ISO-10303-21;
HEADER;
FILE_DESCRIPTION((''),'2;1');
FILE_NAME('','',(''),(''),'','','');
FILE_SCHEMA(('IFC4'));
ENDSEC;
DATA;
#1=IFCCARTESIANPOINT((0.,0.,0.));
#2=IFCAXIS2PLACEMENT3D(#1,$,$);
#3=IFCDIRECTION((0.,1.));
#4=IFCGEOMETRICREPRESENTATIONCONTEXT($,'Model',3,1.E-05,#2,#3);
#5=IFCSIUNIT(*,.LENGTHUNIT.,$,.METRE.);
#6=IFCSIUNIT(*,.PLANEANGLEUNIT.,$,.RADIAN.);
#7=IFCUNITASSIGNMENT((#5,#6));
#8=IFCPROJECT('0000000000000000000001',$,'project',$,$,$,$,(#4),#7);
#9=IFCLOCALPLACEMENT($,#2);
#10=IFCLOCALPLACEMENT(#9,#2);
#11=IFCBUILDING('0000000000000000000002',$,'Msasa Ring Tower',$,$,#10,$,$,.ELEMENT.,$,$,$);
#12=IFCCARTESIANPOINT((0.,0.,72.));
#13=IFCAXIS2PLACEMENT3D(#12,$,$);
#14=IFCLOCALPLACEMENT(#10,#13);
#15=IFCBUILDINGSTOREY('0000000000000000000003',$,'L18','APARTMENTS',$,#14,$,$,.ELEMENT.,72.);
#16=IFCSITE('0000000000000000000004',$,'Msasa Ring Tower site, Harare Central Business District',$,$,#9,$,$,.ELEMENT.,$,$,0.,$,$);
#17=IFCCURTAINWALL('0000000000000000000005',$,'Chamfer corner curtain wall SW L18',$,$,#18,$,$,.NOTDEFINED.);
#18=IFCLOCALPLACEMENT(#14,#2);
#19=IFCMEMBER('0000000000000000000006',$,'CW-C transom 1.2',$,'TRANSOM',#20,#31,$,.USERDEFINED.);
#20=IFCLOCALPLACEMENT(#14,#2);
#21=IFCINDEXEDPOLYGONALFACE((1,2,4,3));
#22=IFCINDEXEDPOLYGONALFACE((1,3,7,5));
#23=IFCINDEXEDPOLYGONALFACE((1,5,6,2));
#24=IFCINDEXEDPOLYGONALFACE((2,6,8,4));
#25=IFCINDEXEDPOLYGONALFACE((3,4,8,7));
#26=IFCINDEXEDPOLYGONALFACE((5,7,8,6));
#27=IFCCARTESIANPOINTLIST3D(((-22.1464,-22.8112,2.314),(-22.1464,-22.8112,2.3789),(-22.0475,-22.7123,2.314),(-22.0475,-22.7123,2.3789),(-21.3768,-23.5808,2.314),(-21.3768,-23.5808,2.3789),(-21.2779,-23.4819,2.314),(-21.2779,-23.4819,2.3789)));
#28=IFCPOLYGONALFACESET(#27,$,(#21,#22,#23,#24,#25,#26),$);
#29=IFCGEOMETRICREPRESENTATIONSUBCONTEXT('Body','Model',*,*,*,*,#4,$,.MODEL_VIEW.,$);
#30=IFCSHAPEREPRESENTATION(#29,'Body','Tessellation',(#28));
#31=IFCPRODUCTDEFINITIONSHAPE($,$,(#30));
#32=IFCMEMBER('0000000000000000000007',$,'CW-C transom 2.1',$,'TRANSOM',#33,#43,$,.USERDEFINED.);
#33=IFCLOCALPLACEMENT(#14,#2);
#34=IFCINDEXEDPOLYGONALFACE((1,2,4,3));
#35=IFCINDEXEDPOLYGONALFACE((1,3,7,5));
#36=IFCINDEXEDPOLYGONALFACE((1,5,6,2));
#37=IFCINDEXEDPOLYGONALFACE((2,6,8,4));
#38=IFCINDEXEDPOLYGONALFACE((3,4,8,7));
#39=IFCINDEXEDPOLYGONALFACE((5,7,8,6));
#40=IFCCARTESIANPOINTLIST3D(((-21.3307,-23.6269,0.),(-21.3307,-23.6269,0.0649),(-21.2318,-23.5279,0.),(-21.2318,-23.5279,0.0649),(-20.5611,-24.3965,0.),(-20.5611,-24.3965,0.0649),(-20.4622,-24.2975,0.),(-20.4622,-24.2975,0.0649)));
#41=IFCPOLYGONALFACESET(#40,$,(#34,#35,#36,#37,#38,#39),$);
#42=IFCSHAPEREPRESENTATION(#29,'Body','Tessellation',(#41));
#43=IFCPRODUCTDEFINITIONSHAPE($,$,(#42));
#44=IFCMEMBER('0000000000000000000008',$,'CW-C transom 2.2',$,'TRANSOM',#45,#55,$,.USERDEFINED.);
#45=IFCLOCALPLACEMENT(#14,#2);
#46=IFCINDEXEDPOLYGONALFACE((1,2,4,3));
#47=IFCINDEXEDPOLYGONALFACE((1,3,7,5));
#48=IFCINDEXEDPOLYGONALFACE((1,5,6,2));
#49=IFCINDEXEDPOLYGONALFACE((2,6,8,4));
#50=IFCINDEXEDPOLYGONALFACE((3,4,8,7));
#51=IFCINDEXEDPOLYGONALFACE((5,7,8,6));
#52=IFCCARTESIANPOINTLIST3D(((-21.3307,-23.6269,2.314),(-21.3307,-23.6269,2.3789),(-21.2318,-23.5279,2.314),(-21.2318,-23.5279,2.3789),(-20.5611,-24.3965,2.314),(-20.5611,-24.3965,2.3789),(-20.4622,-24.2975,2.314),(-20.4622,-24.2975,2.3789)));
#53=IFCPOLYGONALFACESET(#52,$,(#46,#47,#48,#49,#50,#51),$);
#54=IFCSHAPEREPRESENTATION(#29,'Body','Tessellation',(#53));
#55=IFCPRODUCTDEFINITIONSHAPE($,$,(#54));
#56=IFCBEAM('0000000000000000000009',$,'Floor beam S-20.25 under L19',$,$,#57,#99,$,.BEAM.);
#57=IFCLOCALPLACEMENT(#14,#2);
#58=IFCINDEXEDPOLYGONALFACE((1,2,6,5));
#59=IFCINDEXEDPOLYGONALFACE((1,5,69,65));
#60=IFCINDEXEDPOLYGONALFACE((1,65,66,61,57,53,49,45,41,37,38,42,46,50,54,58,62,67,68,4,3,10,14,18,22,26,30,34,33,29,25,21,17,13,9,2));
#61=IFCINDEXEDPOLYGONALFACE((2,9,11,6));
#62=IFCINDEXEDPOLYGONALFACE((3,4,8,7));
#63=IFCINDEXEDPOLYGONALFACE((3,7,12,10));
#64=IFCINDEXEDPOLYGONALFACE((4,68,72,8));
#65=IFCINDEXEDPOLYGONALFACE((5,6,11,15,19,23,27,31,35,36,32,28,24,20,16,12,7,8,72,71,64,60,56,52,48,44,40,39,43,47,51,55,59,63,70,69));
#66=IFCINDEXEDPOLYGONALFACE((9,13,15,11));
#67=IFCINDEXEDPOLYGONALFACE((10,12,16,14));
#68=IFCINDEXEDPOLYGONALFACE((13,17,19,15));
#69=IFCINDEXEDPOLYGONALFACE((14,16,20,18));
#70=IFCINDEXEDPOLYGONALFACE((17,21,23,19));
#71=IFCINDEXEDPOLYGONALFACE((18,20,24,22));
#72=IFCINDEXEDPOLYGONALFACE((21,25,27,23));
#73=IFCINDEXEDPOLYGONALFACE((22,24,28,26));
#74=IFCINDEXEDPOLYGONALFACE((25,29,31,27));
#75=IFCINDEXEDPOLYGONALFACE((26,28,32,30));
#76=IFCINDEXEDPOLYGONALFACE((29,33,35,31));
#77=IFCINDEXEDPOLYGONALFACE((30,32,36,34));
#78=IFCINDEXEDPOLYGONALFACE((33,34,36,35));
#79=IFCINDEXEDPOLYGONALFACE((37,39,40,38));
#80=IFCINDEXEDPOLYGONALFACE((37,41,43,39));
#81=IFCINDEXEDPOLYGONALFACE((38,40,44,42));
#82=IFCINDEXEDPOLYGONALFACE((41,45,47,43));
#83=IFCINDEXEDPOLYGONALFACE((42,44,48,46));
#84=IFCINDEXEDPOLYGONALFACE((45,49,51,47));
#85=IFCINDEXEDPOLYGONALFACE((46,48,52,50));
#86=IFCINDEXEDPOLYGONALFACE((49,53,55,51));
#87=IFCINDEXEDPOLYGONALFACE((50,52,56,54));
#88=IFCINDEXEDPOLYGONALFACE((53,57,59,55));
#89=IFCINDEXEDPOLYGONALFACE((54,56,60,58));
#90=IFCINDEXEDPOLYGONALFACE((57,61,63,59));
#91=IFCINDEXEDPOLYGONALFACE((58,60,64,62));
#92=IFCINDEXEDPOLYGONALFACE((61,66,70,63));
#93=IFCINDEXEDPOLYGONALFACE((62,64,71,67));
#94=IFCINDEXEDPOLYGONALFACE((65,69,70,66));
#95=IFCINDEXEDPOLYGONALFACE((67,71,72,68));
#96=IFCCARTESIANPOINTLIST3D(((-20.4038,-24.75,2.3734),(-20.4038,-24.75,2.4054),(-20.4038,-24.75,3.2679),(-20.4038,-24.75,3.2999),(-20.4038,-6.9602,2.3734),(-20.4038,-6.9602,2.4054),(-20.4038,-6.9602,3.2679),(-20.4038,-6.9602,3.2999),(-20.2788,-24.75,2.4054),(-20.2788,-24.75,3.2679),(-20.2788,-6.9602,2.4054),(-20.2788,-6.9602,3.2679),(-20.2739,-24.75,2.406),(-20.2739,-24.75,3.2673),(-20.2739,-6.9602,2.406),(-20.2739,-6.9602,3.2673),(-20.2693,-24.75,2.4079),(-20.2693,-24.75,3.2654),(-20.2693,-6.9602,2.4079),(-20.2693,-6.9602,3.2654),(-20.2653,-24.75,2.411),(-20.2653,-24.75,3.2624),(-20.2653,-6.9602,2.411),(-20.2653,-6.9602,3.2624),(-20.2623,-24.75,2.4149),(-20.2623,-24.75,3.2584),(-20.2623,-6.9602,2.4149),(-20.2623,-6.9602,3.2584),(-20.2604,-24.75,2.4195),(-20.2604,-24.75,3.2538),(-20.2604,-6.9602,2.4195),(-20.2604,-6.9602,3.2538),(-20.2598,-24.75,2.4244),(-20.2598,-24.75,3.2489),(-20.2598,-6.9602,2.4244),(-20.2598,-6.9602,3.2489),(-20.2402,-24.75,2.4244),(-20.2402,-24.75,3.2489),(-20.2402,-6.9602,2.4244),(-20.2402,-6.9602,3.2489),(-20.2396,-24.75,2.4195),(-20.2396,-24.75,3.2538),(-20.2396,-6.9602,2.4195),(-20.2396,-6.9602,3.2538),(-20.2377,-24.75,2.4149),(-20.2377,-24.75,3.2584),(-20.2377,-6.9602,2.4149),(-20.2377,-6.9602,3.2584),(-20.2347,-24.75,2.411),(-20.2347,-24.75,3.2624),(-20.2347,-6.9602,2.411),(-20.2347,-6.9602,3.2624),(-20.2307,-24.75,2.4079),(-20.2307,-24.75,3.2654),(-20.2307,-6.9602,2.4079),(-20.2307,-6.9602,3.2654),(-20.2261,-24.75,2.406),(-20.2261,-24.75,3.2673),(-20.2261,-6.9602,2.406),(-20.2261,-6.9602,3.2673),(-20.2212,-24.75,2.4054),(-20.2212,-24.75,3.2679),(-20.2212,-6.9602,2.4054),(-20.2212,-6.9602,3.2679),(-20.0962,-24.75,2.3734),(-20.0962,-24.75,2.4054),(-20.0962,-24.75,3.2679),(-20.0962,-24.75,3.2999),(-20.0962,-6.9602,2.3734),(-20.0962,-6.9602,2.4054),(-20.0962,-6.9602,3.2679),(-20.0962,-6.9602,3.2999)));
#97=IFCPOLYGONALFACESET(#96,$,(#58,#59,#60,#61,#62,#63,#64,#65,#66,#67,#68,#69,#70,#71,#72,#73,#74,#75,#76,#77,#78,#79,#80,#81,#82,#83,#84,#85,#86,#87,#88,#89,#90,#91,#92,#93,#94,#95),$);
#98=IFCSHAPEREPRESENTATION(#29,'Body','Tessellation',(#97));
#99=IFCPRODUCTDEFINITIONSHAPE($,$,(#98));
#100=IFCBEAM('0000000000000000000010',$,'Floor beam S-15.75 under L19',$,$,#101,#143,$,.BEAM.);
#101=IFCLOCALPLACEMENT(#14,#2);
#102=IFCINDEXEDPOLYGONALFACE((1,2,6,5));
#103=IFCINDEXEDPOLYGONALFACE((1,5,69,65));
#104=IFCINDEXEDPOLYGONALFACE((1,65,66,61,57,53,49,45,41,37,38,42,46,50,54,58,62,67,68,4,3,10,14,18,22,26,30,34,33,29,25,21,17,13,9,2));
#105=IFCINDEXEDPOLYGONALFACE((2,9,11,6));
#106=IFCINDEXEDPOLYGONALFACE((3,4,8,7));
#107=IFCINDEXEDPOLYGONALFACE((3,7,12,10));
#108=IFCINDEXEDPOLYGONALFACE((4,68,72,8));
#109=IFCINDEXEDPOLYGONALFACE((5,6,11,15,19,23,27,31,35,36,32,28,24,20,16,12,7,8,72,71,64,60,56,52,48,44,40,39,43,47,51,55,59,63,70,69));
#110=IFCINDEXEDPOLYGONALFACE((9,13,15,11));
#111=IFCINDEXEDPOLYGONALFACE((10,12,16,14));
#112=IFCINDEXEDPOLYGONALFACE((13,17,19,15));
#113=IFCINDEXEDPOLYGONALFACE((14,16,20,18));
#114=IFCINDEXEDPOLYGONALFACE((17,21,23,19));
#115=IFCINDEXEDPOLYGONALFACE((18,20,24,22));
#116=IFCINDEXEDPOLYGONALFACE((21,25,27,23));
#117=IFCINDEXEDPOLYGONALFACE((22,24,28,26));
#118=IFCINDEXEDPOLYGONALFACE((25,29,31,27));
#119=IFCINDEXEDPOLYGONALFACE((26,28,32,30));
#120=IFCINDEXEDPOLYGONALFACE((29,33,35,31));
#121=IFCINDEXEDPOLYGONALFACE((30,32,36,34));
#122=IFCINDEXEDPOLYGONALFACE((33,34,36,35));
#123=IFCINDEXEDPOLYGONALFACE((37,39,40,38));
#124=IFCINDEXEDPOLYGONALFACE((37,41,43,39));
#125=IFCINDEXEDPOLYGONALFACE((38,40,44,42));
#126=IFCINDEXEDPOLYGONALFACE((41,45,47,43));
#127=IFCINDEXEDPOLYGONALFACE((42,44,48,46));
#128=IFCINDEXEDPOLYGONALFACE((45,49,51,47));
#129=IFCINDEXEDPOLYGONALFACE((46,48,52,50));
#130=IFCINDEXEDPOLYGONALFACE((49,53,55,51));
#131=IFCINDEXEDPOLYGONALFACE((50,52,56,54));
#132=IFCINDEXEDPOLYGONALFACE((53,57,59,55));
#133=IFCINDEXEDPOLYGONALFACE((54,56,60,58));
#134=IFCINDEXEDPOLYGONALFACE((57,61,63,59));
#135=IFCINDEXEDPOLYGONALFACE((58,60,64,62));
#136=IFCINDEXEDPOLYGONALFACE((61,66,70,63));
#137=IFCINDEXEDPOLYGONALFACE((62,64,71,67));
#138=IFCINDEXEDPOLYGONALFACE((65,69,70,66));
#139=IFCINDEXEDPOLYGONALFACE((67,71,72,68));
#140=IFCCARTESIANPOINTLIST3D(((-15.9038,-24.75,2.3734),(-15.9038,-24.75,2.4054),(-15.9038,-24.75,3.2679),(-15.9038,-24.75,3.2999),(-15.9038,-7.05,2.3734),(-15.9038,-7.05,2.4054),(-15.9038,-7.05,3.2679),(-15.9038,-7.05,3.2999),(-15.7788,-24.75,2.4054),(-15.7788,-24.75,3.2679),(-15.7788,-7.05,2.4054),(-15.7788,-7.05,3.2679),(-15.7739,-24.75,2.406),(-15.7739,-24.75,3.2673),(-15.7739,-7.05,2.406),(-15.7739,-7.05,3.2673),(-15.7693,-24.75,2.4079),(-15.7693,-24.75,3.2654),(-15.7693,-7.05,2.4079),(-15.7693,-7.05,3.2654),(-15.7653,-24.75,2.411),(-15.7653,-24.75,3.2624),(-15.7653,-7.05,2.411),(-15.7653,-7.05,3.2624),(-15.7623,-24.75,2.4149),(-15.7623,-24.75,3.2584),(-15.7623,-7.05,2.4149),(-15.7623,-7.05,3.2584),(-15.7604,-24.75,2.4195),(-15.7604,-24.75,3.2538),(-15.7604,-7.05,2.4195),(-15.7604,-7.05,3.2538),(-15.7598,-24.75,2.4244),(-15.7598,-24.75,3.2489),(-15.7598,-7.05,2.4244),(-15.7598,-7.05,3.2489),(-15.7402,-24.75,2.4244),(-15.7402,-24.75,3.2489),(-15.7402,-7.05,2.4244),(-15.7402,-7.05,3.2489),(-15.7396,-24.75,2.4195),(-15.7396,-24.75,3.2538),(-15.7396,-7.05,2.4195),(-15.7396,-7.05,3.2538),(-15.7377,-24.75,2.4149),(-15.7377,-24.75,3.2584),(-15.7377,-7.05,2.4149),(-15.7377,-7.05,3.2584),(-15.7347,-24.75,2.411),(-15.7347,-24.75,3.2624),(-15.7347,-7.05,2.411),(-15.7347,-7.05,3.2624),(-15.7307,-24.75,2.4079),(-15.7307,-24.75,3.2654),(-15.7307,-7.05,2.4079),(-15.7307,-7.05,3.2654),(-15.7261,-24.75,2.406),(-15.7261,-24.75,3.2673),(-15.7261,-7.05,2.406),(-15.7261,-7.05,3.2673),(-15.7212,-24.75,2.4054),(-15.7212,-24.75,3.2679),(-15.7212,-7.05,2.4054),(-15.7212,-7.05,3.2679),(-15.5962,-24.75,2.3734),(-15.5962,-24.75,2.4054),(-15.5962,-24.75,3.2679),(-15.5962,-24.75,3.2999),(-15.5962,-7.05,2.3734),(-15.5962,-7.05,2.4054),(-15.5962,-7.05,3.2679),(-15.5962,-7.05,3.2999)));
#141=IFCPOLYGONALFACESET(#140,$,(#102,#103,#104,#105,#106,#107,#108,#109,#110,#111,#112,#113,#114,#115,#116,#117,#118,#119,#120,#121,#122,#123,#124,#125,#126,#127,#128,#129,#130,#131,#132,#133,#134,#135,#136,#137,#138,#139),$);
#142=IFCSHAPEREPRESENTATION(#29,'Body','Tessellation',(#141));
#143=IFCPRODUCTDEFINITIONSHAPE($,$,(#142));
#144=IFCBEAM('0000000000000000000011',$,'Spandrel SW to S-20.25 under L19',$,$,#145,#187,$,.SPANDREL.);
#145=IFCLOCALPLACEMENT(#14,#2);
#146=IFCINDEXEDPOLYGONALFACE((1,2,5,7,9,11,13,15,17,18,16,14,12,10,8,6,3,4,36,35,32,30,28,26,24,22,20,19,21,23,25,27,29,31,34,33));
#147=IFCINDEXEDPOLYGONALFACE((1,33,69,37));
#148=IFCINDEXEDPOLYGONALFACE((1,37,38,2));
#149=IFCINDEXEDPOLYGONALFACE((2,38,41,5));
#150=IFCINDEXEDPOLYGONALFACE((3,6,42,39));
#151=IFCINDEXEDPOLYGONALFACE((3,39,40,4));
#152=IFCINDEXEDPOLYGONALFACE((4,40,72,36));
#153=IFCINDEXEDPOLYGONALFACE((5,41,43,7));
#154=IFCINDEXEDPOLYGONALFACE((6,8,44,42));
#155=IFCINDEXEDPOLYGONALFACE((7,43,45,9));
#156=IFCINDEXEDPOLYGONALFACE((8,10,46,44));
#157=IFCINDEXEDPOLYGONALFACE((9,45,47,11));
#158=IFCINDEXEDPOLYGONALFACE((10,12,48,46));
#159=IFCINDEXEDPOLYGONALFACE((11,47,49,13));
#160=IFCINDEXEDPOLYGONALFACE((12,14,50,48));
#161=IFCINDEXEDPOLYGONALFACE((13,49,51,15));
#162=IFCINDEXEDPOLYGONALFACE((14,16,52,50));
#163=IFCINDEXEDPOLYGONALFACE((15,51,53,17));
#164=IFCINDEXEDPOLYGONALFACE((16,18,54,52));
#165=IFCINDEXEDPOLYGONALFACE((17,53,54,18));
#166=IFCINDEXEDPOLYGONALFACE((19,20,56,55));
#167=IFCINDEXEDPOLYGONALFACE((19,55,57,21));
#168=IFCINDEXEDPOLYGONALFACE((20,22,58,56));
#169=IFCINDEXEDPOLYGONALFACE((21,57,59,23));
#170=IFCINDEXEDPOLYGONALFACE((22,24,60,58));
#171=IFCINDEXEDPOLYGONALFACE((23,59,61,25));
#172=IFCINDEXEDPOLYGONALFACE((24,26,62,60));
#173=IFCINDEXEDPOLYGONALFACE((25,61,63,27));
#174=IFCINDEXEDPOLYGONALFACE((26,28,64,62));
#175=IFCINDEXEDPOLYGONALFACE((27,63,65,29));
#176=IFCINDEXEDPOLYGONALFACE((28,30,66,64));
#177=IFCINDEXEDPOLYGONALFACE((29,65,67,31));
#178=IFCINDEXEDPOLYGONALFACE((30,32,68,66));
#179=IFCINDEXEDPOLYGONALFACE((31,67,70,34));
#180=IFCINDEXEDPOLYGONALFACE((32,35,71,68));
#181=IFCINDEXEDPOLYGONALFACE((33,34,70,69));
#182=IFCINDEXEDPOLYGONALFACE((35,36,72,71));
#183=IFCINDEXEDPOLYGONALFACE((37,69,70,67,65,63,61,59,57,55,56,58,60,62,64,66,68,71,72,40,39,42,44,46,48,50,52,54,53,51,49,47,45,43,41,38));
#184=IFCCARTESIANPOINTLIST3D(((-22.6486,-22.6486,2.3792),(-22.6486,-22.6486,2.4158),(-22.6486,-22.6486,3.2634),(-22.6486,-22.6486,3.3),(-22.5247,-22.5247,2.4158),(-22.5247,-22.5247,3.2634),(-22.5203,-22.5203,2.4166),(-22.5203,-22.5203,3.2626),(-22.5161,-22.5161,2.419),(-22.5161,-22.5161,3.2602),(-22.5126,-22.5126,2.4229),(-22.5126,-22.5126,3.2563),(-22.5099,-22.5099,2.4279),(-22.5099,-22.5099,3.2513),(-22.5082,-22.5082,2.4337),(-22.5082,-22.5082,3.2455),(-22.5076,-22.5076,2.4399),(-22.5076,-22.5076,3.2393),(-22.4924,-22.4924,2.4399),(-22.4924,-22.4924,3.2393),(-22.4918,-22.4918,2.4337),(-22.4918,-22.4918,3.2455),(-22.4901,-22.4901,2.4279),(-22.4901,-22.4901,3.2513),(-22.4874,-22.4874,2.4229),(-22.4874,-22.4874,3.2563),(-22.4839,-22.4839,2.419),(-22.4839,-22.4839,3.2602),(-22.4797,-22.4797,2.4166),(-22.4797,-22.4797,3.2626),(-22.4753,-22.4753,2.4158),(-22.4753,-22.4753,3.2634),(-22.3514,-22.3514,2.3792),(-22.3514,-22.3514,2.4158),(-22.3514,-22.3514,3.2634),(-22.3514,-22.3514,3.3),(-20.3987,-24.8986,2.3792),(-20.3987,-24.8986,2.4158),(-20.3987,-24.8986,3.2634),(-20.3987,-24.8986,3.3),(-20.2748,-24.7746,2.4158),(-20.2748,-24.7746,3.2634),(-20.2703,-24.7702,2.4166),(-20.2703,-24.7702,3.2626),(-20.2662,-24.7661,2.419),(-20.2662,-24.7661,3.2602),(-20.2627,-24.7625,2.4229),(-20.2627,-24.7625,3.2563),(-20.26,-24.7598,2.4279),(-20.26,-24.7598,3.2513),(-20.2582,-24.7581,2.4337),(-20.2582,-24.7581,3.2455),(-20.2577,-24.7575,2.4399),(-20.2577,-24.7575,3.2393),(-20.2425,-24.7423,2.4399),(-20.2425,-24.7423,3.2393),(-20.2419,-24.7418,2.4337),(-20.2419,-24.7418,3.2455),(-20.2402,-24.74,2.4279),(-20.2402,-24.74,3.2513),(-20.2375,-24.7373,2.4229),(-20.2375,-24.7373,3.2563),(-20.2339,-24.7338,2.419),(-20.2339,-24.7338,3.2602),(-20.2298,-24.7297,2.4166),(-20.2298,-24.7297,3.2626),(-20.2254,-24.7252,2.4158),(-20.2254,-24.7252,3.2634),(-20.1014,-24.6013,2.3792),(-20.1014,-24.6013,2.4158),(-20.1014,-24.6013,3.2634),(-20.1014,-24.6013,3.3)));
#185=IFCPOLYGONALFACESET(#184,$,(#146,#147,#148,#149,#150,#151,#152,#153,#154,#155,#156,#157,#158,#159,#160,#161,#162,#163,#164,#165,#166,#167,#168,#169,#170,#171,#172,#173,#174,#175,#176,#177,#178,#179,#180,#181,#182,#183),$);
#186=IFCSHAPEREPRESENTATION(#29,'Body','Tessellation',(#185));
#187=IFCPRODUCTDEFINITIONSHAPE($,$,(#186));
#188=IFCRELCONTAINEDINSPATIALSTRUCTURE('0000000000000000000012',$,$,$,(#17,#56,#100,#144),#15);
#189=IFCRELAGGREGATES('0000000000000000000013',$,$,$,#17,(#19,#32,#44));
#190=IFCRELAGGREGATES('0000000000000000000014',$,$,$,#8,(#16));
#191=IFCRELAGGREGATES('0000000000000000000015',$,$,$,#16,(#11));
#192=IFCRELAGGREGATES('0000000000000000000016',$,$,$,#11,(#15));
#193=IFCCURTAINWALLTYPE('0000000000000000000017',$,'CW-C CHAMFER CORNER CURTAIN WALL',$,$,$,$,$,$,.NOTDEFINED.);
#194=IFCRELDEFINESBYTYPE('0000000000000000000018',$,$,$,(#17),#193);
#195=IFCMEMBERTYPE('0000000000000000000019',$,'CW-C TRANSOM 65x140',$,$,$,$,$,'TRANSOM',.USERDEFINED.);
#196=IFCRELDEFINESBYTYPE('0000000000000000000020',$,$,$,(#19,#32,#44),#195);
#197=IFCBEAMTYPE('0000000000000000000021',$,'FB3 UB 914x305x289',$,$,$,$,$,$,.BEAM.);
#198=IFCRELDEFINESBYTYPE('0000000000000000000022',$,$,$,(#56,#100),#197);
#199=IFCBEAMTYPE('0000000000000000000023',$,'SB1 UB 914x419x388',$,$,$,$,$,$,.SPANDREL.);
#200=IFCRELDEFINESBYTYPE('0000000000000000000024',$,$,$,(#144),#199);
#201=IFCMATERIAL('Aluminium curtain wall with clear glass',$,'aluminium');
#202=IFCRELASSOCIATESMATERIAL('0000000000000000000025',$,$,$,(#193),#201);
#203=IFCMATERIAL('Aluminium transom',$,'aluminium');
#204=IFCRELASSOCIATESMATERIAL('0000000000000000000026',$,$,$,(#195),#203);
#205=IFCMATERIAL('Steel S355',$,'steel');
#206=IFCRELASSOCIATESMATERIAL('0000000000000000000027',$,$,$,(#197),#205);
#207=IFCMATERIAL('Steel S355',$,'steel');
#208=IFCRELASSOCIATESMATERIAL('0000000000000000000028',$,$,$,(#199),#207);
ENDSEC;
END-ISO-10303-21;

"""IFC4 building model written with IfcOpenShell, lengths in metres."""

from ifc_helpers import new_model, si_unit, direction, frame, origin, origin_2d, place, context, subcontext, project, spatial, rectangle, i_section, extrude, material, material_profile, profile_set, type_object, element, aggregate, save


model = new_model("IFC4")

# Units and contexts
model_context = context("Model", 3, precision=1e-05, world=origin(), true_north=direction((0.0, 1.0)))
body_context = subcontext(model_context, "Body", "Model", "MODEL_VIEW")
ifc_project = project(units=[si_unit("LENGTHUNIT", "METRE"), si_unit("PLANEANGLEUNIT", "RADIAN")], contexts=[model_context])

# Site, building, storey
site_placement = place(None, origin())
site = spatial("IfcSite", under=ifc_project, at=site_placement, Name="Msasa Ring Tower site, Harare Central Business District", CompositionType="ELEMENT", RefElevation=0.0)
building_placement = place(site_placement, origin())
building = spatial("IfcBuilding", under=site, at=building_placement, Name="Msasa Ring Tower", CompositionType="ELEMENT")
storey_placement = place(building_placement, frame((0.0, 0.0, 72.0)))
storey = spatial("IfcBuildingStorey", under=building, at=storey_placement, Name="L18", Description="APARTMENTS", CompositionType="ELEMENT", Elevation=72.0)

# Curtain wall
ifc_material_1 = material(Name="Aluminium curtain wall with clear glass", Category="aluminium")
curtain_wall_type = type_object("IfcCurtainWallType", Name="CW-C CHAMFER CORNER CURTAIN WALL", PredefinedType="NOTDEFINED", material=ifc_material_1)
curtain_wall_1_placement = place(storey_placement, origin())
curtain_wall_1 = element("IfcCurtainWall", 1, at=curtain_wall_1_placement, inside=storey, type_object=curtain_wall_type, Name="Chamfer corner curtain wall SW L18", PredefinedType="NOTDEFINED")

# Members
ifc_material_2 = material(Name="Aluminium transom", Category="aluminium")
ifc_material_profile_1 = material_profile(ifc_material_2, rectangle(XDim=0.1399, YDim=0.0649, at=origin_2d()), Name="AL 65x140")
ifc_profile_set_1 = profile_set([ifc_material_profile_1], Name="Aluminium transom")
member_type_1 = type_object("IfcMemberType", Name="CW-C TRANSOM 65x140", ElementType="TRANSOM", PredefinedType="USERDEFINED", material=ifc_profile_set_1)
member_1_placement = place(storey_placement, frame((-22.0969, -22.7617, 2.3464), z_axis=(0.707107, -0.707107, 0.0), x_axis=(0.707107, 0.707107, 0.0)))
member_1 = element("IfcMember", 2, at=member_1_placement, type_object=member_type_1, Name="CW-C transom 1.2", ObjectType="TRANSOM", PredefinedType="USERDEFINED", context=body_context, shape_type="SweptSolid", body=[
    extrude(rectangle(XDim=0.1399, YDim=0.0649, at=origin_2d()), origin(), (0.0, 0.0, 1.0), 1.0884),
])
member_2_placement = place(storey_placement, frame((-21.2812, -23.5774, 0.0325), z_axis=(0.707107, -0.707107, 0.0), x_axis=(0.707107, 0.707107, 0.0)))
member_2 = element("IfcMember", 3, at=member_2_placement, type_object=member_type_1, Name="CW-C transom 2.1", ObjectType="TRANSOM", PredefinedType="USERDEFINED", context=body_context, shape_type="SweptSolid", body=[
    extrude(rectangle(XDim=0.1399, YDim=0.0649, at=origin_2d()), origin(), (0.0, 0.0, 1.0), 1.0884),
])
member_3_placement = place(storey_placement, frame((-21.2812, -23.5774, 2.3464), z_axis=(0.707107, -0.707107, 0.0), x_axis=(0.707107, 0.707107, 0.0)))
member_3 = element("IfcMember", 4, at=member_3_placement, type_object=member_type_1, Name="CW-C transom 2.2", ObjectType="TRANSOM", PredefinedType="USERDEFINED", context=body_context, shape_type="SweptSolid", body=[
    extrude(rectangle(XDim=0.1399, YDim=0.0649, at=origin_2d()), origin(), (0.0, 0.0, 1.0), 1.0884),
])

# Beams
ifc_material_3 = material(Name="Steel S355", Category="steel")
ifc_material_profile_2 = material_profile(ifc_material_3, i_section(OverallWidth=0.3076, OverallDepth=0.9265, WebThickness=0.0195, FlangeThickness=0.032, FilletRadius=0.019, at=origin_2d()), Name="UB 914x305x289")
ifc_profile_set_2 = profile_set([ifc_material_profile_2], Name="Steel S355")
beam_type_1 = type_object("IfcBeamType", Name="FB3 UB 914x305x289", PredefinedType="BEAM", material=ifc_profile_set_2)
beam_1_placement = place(storey_placement, frame((-20.25, -24.75, 2.8367), z_axis=(0.0, 1.0, 0.0), x_axis=(-1.0, 0.0, 0.0)))
element("IfcBeam", 5, at=beam_1_placement, inside=storey, type_object=beam_type_1, Name="Floor beam S-20.25 under L19", PredefinedType="BEAM", context=body_context, shape_type="SweptSolid", body=[
    extrude(i_section(OverallWidth=0.3076, OverallDepth=0.9265, WebThickness=0.0195, FlangeThickness=0.032, FilletRadius=0.019, at=origin_2d()), origin(), (0.0, 0.0, 1.0), 17.7898),
])
beam_2_placement = place(storey_placement, frame((-15.75, -24.75, 2.8367), z_axis=(0.0, 1.0, 0.0), x_axis=(-1.0, 0.0, 0.0)))
element("IfcBeam", 6, at=beam_2_placement, inside=storey, type_object=beam_type_1, Name="Floor beam S-15.75 under L19", PredefinedType="BEAM", context=body_context, shape_type="SweptSolid", body=[
    extrude(i_section(OverallWidth=0.3076, OverallDepth=0.9265, WebThickness=0.0195, FlangeThickness=0.032, FilletRadius=0.019, at=origin_2d()), origin(), (0.0, 0.0, 1.0), 17.7),
])
ifc_material_4 = material(Name="Steel S355", Category="steel")
ifc_material_profile_3 = material_profile(ifc_material_4, i_section(OverallWidth=0.4204, OverallDepth=0.9209, WebThickness=0.0215, FlangeThickness=0.0366, FilletRadius=0.0242, at=origin_2d()), Name="UB 914x419x388")
ifc_profile_set_3 = profile_set([ifc_material_profile_3], Name="Steel S355")
beam_type_2 = type_object("IfcBeamType", Name="SB1 UB 914x419x388", PredefinedType="SPANDREL", material=ifc_profile_set_3)
beam_3_placement = place(storey_placement, frame((-22.5, -22.5, 2.8396), z_axis=(0.707107, -0.707107, 0.0), x_axis=(0.707107, 0.707107, 0.0)))
element("IfcBeam", 7, at=beam_3_placement, inside=storey, type_object=beam_type_2, Name="Spandrel SW to S-20.25 under L19", PredefinedType="SPANDREL", context=body_context, shape_type="SweptSolid", body=[
    extrude(i_section(OverallWidth=0.4204, OverallDepth=0.9209, WebThickness=0.0215, FlangeThickness=0.0366, FilletRadius=0.0242, at=origin_2d()), origin(), (0.0, 0.0, 1.0), 3.1819),
])

aggregate(curtain_wall_1, [member_1, member_2, member_3])

save(model, "model.ifc")
